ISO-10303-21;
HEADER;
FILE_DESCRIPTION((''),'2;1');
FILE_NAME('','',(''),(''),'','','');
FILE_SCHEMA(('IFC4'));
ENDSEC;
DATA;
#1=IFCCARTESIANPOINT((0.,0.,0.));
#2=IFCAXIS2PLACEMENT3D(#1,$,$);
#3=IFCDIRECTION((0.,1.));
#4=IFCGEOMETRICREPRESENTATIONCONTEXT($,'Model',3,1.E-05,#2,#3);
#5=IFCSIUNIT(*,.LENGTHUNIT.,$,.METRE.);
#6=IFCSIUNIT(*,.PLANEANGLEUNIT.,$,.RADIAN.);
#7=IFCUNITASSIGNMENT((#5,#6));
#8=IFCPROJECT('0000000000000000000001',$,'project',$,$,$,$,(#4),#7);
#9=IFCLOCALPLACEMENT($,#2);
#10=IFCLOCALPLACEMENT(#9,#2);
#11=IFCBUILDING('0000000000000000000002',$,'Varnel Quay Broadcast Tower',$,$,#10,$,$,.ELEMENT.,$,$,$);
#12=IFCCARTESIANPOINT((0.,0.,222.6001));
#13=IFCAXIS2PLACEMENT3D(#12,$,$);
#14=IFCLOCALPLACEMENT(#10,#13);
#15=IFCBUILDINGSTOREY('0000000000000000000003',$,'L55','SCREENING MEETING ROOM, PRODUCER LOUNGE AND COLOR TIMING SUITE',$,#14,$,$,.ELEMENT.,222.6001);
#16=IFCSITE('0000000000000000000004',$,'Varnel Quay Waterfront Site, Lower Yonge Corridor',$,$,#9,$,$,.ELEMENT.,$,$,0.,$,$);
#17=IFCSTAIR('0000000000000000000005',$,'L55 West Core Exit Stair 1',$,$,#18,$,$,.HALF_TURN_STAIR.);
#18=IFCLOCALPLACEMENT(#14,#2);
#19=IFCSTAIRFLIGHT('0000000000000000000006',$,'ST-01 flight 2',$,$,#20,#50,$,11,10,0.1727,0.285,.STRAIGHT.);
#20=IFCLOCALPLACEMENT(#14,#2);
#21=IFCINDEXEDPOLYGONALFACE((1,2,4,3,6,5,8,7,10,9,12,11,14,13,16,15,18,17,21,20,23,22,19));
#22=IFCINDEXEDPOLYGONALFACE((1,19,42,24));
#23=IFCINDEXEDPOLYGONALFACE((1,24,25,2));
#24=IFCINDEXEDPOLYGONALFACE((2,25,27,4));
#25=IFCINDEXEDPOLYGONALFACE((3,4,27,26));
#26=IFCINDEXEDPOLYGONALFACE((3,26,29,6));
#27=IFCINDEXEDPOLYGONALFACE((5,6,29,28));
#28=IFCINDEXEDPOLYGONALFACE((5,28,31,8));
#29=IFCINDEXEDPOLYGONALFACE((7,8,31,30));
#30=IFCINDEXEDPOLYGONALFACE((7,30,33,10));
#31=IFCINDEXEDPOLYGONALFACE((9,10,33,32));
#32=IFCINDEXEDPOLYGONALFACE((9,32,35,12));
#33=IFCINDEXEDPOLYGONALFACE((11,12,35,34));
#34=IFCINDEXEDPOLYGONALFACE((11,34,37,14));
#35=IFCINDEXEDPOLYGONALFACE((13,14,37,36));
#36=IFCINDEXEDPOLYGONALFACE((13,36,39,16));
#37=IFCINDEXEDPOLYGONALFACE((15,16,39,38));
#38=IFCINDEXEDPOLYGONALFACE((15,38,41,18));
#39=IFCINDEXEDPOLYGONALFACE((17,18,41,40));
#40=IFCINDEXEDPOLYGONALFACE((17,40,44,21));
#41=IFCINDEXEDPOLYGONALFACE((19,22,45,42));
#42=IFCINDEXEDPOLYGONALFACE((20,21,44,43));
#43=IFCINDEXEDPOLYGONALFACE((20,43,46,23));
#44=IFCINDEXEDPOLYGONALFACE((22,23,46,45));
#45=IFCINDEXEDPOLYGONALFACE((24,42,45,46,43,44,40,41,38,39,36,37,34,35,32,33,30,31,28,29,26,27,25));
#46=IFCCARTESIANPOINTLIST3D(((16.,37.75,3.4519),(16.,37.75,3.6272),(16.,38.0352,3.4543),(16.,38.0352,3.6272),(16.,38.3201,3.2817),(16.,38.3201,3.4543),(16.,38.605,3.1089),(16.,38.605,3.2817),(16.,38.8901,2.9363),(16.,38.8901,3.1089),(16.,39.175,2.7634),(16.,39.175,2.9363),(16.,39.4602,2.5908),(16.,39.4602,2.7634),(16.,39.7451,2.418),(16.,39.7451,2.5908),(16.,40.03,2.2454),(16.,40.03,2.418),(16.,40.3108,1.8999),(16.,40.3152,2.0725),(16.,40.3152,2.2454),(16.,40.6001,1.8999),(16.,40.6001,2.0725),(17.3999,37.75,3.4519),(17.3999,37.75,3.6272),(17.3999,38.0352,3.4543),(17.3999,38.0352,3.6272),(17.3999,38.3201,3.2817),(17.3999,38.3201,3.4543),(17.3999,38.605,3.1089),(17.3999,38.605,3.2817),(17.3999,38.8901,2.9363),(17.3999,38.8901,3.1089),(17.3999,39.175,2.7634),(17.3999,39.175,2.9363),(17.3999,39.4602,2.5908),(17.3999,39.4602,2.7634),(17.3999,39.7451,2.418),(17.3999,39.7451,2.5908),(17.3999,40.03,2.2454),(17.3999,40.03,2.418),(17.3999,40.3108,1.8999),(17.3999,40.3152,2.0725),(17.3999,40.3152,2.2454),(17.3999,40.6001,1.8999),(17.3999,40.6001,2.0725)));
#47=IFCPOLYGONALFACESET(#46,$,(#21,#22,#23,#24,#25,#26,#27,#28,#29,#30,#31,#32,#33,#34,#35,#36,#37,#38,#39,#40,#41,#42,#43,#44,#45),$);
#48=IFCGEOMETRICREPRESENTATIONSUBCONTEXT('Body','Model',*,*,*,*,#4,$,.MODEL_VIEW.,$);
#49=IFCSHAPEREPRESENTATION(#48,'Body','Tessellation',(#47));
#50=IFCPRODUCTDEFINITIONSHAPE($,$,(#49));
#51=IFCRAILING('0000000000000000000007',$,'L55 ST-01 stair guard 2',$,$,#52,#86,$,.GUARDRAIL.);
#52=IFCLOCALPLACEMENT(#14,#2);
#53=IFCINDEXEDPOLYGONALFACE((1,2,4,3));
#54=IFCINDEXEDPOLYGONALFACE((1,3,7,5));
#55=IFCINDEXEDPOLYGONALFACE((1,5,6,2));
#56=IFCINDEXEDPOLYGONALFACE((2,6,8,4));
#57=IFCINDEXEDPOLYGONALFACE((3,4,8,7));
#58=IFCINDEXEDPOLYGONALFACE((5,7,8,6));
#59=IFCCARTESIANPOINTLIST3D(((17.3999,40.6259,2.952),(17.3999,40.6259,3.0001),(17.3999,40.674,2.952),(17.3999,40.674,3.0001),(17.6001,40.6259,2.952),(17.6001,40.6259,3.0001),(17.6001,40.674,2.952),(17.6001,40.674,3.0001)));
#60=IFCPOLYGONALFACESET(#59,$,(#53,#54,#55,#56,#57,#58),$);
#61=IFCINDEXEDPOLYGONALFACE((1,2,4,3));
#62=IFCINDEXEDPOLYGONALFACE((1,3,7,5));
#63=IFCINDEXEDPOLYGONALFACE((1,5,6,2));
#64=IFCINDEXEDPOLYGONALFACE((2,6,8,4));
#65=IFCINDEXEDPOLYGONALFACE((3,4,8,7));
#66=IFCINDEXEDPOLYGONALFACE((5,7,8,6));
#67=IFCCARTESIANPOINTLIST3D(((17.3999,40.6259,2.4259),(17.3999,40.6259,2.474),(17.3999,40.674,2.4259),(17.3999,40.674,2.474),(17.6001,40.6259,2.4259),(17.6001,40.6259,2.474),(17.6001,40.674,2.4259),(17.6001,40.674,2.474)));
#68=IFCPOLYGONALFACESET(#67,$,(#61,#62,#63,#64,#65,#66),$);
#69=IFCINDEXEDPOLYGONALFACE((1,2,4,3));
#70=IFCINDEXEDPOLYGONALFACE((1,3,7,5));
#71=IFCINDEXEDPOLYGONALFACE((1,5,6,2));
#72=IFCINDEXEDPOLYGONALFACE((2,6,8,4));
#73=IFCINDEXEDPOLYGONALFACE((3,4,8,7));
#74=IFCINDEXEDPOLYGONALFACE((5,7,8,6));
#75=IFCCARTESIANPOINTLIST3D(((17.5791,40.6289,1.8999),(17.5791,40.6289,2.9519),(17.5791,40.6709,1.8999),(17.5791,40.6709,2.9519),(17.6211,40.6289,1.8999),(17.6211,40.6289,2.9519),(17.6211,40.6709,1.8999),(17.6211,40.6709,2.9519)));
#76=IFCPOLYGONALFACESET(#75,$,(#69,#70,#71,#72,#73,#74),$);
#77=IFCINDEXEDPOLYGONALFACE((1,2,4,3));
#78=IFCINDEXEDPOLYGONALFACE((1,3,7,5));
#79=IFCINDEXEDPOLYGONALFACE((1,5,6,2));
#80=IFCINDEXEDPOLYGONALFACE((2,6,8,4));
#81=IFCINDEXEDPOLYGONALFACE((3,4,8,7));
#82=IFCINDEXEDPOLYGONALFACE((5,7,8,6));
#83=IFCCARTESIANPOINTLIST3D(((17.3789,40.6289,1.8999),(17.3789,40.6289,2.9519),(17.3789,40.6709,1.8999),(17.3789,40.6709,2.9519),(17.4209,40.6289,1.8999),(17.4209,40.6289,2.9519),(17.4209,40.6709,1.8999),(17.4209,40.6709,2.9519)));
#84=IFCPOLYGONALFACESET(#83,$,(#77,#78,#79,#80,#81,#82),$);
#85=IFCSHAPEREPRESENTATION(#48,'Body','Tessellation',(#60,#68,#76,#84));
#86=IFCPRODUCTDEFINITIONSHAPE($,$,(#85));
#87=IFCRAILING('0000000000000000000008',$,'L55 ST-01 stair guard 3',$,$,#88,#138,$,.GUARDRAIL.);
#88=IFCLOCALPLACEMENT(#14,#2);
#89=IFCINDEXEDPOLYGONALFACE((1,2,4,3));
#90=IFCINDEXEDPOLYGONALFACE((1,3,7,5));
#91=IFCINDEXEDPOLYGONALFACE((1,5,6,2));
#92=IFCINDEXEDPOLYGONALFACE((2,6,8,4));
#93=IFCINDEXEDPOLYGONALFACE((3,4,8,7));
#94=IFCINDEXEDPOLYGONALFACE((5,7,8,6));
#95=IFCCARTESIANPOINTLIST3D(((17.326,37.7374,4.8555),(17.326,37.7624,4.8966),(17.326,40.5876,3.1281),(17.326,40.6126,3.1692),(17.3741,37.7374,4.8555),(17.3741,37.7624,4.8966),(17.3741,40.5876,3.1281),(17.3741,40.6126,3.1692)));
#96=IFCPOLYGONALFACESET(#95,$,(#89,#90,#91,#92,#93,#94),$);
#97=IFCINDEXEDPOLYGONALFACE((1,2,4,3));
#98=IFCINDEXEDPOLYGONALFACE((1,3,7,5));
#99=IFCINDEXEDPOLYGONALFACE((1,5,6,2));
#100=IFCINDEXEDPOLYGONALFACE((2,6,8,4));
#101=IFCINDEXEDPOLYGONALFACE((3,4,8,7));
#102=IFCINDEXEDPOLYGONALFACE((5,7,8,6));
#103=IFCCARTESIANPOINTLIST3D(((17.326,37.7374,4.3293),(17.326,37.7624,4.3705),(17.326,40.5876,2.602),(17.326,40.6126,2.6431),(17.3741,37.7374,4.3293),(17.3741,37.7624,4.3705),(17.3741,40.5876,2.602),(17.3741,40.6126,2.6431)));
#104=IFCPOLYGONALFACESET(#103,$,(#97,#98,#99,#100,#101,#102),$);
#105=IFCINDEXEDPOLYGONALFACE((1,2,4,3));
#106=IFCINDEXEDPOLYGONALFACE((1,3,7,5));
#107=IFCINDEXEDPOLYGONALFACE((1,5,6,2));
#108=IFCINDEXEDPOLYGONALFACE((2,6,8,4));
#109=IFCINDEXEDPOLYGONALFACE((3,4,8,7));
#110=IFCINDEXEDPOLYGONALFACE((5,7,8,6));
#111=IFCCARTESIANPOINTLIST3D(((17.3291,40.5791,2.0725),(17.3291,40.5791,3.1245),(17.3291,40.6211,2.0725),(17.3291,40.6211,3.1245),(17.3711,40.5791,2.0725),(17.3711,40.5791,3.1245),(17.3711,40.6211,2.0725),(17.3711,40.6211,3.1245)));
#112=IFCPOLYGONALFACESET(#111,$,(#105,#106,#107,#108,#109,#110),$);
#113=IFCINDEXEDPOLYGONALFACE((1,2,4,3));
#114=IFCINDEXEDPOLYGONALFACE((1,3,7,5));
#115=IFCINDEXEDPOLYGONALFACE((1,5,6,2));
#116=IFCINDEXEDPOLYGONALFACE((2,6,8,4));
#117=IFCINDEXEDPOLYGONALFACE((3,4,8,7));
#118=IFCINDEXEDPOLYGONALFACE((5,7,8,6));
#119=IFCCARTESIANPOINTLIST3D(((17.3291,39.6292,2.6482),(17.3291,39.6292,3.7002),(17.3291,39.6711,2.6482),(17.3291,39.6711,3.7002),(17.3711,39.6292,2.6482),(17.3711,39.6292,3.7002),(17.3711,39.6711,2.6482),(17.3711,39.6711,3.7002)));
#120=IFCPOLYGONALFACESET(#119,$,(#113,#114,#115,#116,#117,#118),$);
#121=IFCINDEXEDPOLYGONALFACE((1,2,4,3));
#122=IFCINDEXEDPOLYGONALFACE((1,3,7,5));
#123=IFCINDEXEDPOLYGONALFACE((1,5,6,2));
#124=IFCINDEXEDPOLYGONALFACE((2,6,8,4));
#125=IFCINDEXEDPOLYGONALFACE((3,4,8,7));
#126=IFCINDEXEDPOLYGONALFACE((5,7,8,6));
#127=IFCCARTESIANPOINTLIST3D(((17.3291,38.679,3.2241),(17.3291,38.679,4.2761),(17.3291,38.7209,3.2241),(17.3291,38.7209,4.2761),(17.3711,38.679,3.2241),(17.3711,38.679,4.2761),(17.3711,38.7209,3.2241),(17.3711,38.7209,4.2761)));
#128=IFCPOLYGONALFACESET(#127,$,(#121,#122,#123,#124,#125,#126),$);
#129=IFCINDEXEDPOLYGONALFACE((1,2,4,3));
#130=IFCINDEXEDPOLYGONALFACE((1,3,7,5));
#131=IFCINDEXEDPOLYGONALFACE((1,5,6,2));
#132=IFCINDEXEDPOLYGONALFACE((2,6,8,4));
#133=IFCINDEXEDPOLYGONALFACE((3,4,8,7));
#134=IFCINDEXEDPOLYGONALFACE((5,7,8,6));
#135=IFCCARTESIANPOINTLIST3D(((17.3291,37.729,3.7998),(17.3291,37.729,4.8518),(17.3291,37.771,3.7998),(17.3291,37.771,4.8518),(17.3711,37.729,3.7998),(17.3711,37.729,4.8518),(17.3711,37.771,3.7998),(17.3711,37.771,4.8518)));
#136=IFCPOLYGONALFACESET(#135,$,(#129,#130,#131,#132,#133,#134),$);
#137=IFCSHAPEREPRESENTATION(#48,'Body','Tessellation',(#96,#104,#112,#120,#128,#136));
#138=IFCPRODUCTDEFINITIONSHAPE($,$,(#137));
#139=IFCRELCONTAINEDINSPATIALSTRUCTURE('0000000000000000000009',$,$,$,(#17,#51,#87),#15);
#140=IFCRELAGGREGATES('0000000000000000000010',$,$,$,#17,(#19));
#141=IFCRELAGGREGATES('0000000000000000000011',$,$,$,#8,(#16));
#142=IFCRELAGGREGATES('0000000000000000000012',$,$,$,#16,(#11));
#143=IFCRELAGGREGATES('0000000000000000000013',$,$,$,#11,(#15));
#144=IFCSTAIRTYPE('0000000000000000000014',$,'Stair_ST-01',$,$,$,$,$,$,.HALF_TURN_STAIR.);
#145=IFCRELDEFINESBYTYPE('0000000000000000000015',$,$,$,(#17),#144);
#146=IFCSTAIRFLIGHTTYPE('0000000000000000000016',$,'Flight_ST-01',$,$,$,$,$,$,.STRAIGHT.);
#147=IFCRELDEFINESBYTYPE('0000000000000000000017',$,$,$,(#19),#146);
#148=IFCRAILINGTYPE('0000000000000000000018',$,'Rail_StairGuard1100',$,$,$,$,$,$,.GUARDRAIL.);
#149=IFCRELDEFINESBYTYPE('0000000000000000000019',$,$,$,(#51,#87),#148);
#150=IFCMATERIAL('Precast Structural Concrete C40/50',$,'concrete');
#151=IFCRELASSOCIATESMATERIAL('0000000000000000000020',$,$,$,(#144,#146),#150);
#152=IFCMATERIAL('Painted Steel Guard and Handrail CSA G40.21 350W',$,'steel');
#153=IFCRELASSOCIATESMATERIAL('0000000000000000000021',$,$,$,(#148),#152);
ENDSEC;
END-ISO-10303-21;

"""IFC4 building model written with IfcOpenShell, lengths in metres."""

from ifc_helpers import new_model, si_unit, direction, frame, origin, origin_2d, place, context, subcontext, project, spatial, polyline, rectangle, outline, extrude, material, type_object, element, aggregate, save


model = new_model("IFC4")

# Units and contexts
model_context = context("Model", 3, precision=1e-05, world=origin(), true_north=direction((0.0, 1.0)))
body_context = subcontext(model_context, "Body", "Model", "MODEL_VIEW")
ifc_project = project(units=[si_unit("LENGTHUNIT", "METRE"), si_unit("PLANEANGLEUNIT", "RADIAN")], contexts=[model_context])

# Site, building, storey
site_placement = place(None, origin())
site = spatial("IfcSite", under=ifc_project, at=site_placement, Name="Varnel Quay Waterfront Site, Lower Yonge Corridor", CompositionType="ELEMENT", RefElevation=0.0)
building_placement = place(site_placement, origin())
building = spatial("IfcBuilding", under=site, at=building_placement, Name="Varnel Quay Broadcast Tower", CompositionType="ELEMENT")
storey_placement = place(building_placement, frame((0.0, 0.0, 222.6001)))
storey = spatial("IfcBuildingStorey", under=building, at=storey_placement, Name="L55", Description="SCREENING MEETING ROOM, PRODUCER LOUNGE AND COLOR TIMING SUITE", CompositionType="ELEMENT", Elevation=222.6001)

# Stair, stair flight
ifc_material_1 = material(Name="Precast Structural Concrete C40/50", Category="concrete")
stair_type = type_object("IfcStairType", Name="Stair_ST-01", PredefinedType="HALF_TURN_STAIR", material=ifc_material_1)
stair_placement = place(storey_placement, origin())
stair = element("IfcStair", 1, at=stair_placement, inside=storey, type_object=stair_type, Name="L55 West Core Exit Stair 1", PredefinedType="HALF_TURN_STAIR")
stair_flight_type = type_object("IfcStairFlightType", Name="Flight_ST-01", PredefinedType="STRAIGHT", material=ifc_material_1)
stair_flight_placement = place(storey_placement, frame((16.7, 40.6001, 1.8999), z_axis=(0.0, 0.0, 1.0), x_axis=(0.0, -1.0, 0.0)))
stair_flight = element("IfcStairFlight", 2, at=stair_flight_placement, type_object=stair_flight_type, Name="ST-01 flight 2", NumberOfRisers=11, NumberOfTreads=10, PredefinedType="STRAIGHT", RiserHeight=0.1727, TreadLength=0.285, context=body_context, shape_type="SweptSolid", body=[
    extrude(outline(polyline([(0.0, 0.0), (0.0, 0.1726), (0.2849, 0.1726), (0.2849, 0.3455), (0.5701, 0.3455), (0.5701, 0.5181), (0.855, 0.5181), (0.855, 0.6909), (1.1399, 0.6909), (1.1399, 0.8635), (1.425, 0.8635), (1.425, 1.0364), (1.71, 1.0364), (1.71, 1.209), (1.9951, 1.209), (1.9951, 1.3818), (2.28, 1.3818), (2.28, 1.5544), (2.5649, 1.5544), (2.5649, 1.7273), (2.8501, 1.7273), (2.8501, 1.8999), (2.8501, 1.552), (0.2893, 0.0), (0.0, 0.0)])), frame((0.0, 0.7, 0.0), z_axis=(0.0, -1.0, 0.0), x_axis=(1.0, 0.0, 0.0)), (0.0, 0.0, 1.0), 1.3999),
])
aggregate(stair, [stair_flight])

# Railings
ifc_material_2 = material(Name="Painted Steel Guard and Handrail CSA G40.21 350W", Category="steel")
railing_type = type_object("IfcRailingType", Name="Rail_StairGuard1100", PredefinedType="GUARDRAIL", material=ifc_material_2)
railing_1_placement = place(storey_placement, frame((17.6001, 40.6499, 1.8999)))
element("IfcRailing", 3, at=railing_1_placement, inside=storey, type_object=railing_type, Name="L55 ST-01 stair guard 2", PredefinedType="GUARDRAIL", context=body_context, shape_type="SweptSolid", body=[
    extrude(rectangle(XDim=0.0481, YDim=0.0481, at=origin_2d()), frame((0.0, 0.0, 1.0762), z_axis=(-1.0, 0.0, 0.0), x_axis=(0.0, -1.0, 0.0)), (0.0, 0.0, 1.0), 0.2002),
    extrude(rectangle(XDim=0.0481, YDim=0.0481, at=origin_2d()), frame((0.0, 0.0, 0.55), z_axis=(-1.0, 0.0, 0.0), x_axis=(0.0, -1.0, 0.0)), (0.0, 0.0, 1.0), 0.2002),
    extrude(rectangle(XDim=0.042, YDim=0.042, at=origin_2d()), origin(), (0.0, 0.0, 1.0), 1.052),
    extrude(rectangle(XDim=0.042, YDim=0.042, at=origin_2d()), frame((-0.2002, 0.0, 0.0)), (0.0, 0.0, 1.0), 1.052),
])
railing_2_placement = place(storey_placement, frame((17.3501, 40.6001, 2.0725)))
element("IfcRailing", 4, at=railing_2_placement, inside=storey, type_object=railing_type, Name="L55 ST-01 stair guard 3", PredefinedType="GUARDRAIL", context=body_context, shape_type="SweptSolid", body=[
    extrude(rectangle(XDim=0.0481, YDim=0.0481, at=origin_2d()), frame((0.0, 0.0, 1.0762), z_axis=(0.0, -0.855203, 0.518294), x_axis=(1.0, 0.0, 0.0)), (0.0, 0.0, 1.0), 3.3328),
    extrude(rectangle(XDim=0.0481, YDim=0.0481, at=origin_2d()), frame((0.0, 0.0, 0.55), z_axis=(0.0, -0.855203, 0.518294), x_axis=(1.0, 0.0, 0.0)), (0.0, 0.0, 1.0), 3.3328),
    extrude(rectangle(XDim=0.042, YDim=0.042, at=origin_2d()), origin(), (0.0, 0.0, 1.0), 1.052),
    extrude(rectangle(XDim=0.042, YDim=0.042, at=origin_2d()), frame((0.0, -0.95, 0.5757)), (0.0, 0.0, 1.0), 1.052),
    extrude(rectangle(XDim=0.042, YDim=0.042, at=origin_2d()), frame((0.0, -1.9001, 1.1516)), (0.0, 0.0, 1.0), 1.052),
    extrude(rectangle(XDim=0.042, YDim=0.042, at=origin_2d()), frame((0.0, -2.8501, 1.7273)), (0.0, 0.0, 1.0), 1.052),
])

save(model, "model.ifc")
